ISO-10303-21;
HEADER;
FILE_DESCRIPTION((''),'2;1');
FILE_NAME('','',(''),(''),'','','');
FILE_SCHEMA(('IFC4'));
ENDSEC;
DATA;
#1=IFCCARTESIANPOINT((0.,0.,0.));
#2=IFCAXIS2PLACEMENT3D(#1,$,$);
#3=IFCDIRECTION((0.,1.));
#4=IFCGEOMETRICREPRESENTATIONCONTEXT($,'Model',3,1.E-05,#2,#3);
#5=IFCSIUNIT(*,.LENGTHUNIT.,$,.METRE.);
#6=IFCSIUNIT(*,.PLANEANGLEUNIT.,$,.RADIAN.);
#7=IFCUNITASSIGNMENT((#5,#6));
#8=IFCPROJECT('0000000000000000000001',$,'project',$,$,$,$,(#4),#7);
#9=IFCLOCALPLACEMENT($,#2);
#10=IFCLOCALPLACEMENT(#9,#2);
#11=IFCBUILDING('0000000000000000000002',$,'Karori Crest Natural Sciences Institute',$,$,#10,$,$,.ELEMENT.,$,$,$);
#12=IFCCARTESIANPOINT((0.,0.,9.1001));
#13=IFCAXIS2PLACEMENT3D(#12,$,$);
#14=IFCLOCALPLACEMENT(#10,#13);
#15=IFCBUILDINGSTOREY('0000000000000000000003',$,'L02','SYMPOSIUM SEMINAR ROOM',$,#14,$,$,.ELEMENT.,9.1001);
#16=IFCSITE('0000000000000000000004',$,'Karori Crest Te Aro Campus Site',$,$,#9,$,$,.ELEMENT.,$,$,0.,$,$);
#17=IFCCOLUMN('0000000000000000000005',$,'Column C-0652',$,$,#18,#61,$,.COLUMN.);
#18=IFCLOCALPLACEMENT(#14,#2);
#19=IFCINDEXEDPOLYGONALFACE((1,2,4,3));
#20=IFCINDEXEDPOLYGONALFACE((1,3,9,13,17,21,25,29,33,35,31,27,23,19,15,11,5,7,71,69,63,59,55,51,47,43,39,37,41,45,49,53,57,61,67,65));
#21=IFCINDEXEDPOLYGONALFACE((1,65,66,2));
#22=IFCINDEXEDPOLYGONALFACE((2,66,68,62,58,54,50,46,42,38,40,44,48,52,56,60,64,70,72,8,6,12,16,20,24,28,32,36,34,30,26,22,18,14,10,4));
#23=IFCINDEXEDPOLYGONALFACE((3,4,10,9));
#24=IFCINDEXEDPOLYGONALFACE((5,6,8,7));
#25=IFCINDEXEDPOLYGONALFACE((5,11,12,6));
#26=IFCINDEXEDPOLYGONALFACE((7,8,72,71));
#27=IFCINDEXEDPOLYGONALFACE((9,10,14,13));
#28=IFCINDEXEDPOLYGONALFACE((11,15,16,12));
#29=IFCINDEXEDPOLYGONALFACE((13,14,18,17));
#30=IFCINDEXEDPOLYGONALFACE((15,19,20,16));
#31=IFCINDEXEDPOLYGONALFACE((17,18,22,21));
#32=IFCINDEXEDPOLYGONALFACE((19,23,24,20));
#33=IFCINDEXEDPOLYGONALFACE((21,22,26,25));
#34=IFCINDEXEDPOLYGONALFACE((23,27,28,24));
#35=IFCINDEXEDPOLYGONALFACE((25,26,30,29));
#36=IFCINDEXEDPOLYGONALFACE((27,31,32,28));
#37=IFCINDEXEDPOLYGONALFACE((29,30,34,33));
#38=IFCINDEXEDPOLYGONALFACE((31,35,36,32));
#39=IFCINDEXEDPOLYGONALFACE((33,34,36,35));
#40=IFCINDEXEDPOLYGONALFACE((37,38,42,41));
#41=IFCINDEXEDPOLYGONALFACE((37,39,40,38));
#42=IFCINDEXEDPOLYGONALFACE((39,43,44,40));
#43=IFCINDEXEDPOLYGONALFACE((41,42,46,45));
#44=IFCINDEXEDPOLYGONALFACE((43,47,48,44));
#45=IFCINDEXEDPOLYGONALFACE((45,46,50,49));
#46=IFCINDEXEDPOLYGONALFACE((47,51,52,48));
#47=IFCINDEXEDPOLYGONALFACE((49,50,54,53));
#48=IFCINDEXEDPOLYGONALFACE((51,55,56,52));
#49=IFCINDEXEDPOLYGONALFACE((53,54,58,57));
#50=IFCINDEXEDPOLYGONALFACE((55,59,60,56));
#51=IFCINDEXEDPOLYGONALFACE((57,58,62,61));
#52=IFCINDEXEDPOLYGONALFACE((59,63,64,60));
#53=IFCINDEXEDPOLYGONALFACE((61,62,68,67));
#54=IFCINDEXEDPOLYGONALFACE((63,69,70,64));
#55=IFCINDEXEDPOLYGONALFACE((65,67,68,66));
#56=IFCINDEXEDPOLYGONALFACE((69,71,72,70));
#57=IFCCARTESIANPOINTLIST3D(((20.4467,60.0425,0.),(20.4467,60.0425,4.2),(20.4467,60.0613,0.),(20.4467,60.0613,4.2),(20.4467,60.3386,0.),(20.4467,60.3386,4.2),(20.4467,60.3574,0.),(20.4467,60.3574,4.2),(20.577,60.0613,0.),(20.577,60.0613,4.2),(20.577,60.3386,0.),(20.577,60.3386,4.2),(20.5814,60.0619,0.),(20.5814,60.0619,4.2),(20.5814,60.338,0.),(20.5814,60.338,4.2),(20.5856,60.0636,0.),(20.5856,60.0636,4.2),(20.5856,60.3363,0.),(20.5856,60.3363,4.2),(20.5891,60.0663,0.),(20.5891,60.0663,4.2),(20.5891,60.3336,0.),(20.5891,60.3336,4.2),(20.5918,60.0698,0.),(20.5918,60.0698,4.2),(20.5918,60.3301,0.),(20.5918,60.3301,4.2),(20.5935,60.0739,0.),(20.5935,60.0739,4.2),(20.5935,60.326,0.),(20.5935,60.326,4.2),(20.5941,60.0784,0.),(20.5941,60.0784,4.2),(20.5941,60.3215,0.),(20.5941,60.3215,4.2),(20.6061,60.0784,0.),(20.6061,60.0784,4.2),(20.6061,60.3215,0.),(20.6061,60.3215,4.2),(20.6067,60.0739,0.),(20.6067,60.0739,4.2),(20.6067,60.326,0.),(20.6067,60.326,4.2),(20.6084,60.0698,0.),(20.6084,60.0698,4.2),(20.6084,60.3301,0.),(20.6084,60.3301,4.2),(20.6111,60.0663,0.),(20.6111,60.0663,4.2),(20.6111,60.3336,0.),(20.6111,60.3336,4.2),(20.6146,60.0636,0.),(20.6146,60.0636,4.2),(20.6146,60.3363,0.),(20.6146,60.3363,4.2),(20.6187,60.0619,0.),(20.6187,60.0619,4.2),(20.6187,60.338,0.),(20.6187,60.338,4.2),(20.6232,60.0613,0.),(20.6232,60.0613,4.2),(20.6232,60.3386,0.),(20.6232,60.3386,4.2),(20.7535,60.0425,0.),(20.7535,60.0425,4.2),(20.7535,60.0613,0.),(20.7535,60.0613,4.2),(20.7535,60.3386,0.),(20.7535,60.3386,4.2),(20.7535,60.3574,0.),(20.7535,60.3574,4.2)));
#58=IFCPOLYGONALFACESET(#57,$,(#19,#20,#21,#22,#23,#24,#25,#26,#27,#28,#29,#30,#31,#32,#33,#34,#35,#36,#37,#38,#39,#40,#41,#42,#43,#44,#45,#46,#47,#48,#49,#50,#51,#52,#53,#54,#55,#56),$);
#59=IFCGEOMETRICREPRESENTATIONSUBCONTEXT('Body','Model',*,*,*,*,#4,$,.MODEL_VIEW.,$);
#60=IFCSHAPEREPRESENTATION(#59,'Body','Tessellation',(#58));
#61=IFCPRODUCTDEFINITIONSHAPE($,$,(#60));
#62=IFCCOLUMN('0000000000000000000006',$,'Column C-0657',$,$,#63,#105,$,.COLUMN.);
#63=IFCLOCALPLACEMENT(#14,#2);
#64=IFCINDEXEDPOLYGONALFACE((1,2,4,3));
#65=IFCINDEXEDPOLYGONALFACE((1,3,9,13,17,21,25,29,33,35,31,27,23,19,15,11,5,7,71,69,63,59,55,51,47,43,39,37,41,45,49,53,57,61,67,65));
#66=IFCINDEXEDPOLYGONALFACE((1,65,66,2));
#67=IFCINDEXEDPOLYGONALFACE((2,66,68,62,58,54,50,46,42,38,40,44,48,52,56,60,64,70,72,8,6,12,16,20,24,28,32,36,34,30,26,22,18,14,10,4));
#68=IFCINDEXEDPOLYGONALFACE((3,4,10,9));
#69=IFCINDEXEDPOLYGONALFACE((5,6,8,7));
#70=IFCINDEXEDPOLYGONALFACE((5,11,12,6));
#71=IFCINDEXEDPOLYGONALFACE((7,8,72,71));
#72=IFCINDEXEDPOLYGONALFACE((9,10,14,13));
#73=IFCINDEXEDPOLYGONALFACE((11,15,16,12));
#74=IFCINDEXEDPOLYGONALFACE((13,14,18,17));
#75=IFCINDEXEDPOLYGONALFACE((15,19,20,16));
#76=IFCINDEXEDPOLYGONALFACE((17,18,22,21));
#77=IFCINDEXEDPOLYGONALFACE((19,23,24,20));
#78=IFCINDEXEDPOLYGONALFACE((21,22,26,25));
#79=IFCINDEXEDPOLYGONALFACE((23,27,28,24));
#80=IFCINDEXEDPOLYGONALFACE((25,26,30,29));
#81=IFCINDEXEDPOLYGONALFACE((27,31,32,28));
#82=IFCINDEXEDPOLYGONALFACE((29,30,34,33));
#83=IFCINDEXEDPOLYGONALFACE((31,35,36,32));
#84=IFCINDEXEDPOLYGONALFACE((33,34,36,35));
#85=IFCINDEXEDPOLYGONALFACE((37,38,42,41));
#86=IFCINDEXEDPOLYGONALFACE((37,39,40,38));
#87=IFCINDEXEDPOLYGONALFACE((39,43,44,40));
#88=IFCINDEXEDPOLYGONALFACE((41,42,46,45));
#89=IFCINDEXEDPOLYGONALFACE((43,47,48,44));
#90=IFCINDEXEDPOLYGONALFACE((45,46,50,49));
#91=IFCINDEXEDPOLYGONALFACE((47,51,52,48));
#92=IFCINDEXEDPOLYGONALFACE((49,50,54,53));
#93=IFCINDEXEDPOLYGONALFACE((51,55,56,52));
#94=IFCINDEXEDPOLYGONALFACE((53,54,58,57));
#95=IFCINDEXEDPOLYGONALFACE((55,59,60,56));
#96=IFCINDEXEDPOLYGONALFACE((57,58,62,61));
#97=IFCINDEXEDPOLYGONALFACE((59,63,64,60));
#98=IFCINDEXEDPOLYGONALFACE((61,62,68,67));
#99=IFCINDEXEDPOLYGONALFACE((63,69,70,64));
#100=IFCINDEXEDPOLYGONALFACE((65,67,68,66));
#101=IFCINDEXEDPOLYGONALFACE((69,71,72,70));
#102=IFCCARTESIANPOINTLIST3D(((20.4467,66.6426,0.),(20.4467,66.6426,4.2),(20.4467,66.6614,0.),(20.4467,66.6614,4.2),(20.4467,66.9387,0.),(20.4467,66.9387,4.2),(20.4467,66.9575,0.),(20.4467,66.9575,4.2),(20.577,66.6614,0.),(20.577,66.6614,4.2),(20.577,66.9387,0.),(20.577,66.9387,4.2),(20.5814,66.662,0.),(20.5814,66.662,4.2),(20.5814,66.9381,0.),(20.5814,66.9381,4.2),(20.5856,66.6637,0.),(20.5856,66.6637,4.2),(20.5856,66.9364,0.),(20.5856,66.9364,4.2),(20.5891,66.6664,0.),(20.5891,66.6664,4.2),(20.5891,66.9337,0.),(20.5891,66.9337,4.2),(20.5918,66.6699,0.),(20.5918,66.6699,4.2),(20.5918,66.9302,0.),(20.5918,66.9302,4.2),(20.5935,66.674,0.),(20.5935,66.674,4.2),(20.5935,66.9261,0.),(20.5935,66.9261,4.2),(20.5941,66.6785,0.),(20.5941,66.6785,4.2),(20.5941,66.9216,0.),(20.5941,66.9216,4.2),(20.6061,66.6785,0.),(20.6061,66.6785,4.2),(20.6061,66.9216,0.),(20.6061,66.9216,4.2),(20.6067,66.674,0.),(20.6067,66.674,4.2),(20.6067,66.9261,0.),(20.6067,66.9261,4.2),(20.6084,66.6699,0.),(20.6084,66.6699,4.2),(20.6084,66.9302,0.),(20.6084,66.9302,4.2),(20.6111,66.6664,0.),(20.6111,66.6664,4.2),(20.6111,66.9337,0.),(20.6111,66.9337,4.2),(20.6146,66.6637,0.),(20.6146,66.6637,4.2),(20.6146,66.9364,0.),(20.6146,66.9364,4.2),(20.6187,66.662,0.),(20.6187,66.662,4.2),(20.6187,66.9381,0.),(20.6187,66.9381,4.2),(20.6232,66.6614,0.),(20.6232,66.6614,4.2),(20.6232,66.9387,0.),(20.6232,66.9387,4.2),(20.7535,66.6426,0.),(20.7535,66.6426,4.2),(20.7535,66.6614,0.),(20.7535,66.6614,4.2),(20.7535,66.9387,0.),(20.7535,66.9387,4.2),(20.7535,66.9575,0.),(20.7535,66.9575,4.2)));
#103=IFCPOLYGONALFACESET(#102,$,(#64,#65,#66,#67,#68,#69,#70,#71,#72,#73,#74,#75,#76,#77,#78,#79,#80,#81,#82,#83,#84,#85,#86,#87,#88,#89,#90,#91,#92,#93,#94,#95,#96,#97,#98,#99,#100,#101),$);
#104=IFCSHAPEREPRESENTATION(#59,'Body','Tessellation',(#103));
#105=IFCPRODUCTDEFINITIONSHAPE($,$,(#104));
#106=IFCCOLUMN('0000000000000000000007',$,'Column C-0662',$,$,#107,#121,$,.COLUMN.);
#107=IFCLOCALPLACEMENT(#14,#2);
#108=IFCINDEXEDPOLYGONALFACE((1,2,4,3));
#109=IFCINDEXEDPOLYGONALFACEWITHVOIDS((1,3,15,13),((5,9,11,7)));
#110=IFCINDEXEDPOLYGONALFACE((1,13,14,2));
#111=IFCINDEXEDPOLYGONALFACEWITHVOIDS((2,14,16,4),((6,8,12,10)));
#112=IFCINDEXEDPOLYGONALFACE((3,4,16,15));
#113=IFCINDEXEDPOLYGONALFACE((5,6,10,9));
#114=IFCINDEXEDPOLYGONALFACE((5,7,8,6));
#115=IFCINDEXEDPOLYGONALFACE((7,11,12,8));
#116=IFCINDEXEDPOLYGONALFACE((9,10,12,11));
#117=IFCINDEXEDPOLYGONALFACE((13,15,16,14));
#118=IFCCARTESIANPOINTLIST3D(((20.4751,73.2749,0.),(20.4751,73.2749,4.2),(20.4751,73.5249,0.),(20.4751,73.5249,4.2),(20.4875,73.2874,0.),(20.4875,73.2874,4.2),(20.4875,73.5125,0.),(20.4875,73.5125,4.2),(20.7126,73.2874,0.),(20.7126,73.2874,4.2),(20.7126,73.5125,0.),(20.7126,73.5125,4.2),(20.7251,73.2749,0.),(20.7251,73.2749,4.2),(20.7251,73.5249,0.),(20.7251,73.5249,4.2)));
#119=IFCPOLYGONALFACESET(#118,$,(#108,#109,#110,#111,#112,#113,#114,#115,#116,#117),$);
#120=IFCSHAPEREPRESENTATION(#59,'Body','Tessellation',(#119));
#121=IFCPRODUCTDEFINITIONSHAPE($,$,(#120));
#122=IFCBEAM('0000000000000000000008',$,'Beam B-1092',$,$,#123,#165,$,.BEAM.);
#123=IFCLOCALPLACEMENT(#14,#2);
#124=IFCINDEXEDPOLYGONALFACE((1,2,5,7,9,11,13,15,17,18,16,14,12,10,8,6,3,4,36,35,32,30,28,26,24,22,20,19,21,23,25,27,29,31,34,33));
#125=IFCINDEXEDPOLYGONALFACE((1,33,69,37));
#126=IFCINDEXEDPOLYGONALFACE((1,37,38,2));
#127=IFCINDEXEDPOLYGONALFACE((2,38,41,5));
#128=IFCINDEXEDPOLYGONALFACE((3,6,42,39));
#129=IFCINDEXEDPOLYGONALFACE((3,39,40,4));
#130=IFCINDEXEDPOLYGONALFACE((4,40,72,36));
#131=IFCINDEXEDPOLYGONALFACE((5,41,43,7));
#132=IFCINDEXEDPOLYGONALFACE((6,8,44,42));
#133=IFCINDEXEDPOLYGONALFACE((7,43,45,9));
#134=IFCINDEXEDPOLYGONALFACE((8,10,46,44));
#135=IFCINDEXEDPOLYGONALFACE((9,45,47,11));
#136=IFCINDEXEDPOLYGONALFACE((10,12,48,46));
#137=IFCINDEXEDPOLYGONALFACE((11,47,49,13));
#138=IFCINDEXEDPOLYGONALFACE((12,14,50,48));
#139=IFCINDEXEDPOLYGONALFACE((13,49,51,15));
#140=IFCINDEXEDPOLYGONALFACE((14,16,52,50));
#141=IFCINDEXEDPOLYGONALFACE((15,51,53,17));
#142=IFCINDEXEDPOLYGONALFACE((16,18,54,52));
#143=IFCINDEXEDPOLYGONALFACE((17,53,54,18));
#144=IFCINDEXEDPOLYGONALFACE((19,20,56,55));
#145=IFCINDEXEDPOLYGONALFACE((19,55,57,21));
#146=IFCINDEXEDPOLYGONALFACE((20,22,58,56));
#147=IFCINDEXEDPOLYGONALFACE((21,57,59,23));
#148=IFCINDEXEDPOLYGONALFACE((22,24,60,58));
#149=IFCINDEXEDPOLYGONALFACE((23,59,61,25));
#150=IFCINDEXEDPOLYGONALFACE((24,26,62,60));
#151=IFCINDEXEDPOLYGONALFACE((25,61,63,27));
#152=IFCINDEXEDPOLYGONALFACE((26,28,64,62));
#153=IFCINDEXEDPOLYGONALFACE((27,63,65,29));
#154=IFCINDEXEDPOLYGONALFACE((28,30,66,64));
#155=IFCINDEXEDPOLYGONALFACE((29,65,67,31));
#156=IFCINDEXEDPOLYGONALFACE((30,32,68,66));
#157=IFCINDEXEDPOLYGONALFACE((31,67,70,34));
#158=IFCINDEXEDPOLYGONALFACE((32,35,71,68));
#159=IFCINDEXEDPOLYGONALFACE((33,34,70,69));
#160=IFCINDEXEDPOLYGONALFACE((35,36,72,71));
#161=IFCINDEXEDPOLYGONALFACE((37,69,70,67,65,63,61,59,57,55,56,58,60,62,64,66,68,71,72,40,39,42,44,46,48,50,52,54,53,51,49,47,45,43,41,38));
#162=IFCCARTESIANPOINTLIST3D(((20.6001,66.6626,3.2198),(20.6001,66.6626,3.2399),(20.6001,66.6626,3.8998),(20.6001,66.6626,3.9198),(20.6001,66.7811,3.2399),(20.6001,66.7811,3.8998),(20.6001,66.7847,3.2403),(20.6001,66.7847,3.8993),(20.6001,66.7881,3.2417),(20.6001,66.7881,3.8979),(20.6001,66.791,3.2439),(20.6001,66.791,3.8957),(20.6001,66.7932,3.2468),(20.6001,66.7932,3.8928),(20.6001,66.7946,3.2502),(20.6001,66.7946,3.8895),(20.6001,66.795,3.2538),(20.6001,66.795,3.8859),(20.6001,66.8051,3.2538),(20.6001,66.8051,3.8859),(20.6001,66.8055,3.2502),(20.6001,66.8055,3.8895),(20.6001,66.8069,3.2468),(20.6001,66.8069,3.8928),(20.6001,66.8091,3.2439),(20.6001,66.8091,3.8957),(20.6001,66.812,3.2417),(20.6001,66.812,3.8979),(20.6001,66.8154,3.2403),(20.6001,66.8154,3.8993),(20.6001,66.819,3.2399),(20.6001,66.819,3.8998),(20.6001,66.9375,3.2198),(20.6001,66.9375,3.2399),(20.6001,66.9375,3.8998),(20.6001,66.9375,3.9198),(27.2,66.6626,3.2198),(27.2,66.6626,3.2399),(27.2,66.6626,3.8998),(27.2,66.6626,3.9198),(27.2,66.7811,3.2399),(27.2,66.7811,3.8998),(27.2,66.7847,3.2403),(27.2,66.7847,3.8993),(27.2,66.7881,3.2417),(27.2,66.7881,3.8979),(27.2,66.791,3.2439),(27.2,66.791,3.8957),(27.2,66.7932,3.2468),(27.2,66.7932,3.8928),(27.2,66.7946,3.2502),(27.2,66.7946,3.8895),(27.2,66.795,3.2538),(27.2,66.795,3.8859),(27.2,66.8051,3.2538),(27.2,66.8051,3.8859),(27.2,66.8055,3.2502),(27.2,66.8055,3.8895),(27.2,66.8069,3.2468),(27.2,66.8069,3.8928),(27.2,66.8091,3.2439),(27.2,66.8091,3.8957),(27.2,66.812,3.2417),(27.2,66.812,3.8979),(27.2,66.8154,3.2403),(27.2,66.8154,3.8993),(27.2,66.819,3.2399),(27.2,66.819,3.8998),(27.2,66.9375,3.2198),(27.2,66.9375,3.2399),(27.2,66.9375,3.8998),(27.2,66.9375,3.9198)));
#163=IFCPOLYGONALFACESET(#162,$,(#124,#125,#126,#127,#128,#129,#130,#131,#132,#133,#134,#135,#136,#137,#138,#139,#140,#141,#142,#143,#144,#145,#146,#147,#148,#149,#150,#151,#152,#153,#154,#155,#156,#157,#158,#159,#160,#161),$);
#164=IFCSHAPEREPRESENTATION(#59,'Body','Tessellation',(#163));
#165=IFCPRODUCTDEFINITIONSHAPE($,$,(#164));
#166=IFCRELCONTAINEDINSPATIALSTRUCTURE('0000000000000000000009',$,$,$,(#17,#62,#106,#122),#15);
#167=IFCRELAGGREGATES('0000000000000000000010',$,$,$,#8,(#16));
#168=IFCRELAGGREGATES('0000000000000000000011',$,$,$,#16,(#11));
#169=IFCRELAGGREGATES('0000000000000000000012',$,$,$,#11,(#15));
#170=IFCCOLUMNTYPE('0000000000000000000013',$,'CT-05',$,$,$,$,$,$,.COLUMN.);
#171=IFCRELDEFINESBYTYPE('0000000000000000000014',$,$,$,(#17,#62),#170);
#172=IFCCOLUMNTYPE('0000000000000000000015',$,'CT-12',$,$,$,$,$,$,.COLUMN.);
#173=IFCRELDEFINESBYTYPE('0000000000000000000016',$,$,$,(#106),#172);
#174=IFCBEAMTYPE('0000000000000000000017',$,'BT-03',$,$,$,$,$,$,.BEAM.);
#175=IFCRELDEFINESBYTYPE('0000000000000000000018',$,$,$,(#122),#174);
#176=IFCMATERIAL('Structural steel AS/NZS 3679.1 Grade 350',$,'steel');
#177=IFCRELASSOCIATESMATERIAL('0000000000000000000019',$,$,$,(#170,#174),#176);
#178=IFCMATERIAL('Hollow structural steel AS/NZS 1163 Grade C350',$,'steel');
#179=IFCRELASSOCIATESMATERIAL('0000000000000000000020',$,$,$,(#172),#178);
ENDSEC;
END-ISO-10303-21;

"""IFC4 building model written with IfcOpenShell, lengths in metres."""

from ifc_helpers import new_model, si_unit, direction, frame, origin, origin_2d, place, context, subcontext, project, spatial, hollow_rectangle, i_section, extrude, material, material_profile, profile_set, type_object, element, save


model = new_model("IFC4")

# Units and contexts
model_context = context("Model", 3, precision=1e-05, world=origin(), true_north=direction((0.0, 1.0)))
body_context = subcontext(model_context, "Body", "Model", "MODEL_VIEW")
ifc_project = project(units=[si_unit("LENGTHUNIT", "METRE"), si_unit("PLANEANGLEUNIT", "RADIAN")], contexts=[model_context])

# Site, building, storey
site_placement = place(None, origin())
site = spatial("IfcSite", under=ifc_project, at=site_placement, Name="Karori Crest Te Aro Campus Site", CompositionType="ELEMENT", RefElevation=0.0)
building_placement = place(site_placement, origin())
building = spatial("IfcBuilding", under=site, at=building_placement, Name="Karori Crest Natural Sciences Institute", CompositionType="ELEMENT")
storey_placement = place(building_placement, frame((0.0, 0.0, 9.1001)))
storey = spatial("IfcBuildingStorey", under=building, at=storey_placement, Name="L02", Description="SYMPOSIUM SEMINAR ROOM", CompositionType="ELEMENT", Elevation=9.1001)

# Columns
ifc_material_1 = material(Name="Structural steel AS/NZS 3679.1 Grade 350", Category="steel")
ifc_material_profile_1 = material_profile(ifc_material_1, i_section(OverallWidth=0.3069, OverallDepth=0.3149, WebThickness=0.012, FlangeThickness=0.0188, FilletRadius=0.0171, at=origin_2d()), Name="310UC118")
ifc_profile_set_1 = profile_set([ifc_material_profile_1], Name="Structural steel AS/NZS 3679.1 Grade 350")
column_type_1 = type_object("IfcColumnType", Name="CT-05", PredefinedType="COLUMN", material=ifc_profile_set_1)
for number, where, z_axis, x_axis, name in (
    (1, (20.6001, 60.2, 0.0), (0.0, 0.0, 1.0), (1.0, 0.0, 0.0), "Column C-0652"),
    (2, (20.6001, 66.8, 0.0), (0.0, 0.0, 1.0), (1.0, 0.0, 0.0), "Column C-0657"),
):
    element("IfcColumn", number, at=place(storey_placement, frame(where, z_axis=z_axis, x_axis=x_axis)), inside=storey, type_object=column_type_1, Name=name, PredefinedType="COLUMN", context=body_context, shape_type="SweptSolid", body=[
        extrude(i_section(OverallWidth=0.3069, OverallDepth=0.3149, WebThickness=0.012, FlangeThickness=0.0188, FilletRadius=0.0171, at=origin_2d()), origin(), (0.0, 0.0, 1.0), 4.2),
    ])
ifc_material_2 = material(Name="Hollow structural steel AS/NZS 1163 Grade C350", Category="steel")
ifc_material_profile_2 = material_profile(ifc_material_2, hollow_rectangle(XDim=0.25, YDim=0.25, WallThickness=0.0125, at=origin_2d()), Name="SHS250x250x12.5")
ifc_profile_set_2 = profile_set([ifc_material_profile_2], Name="Hollow structural steel AS/NZS 1163 Grade C350")
column_type_2 = type_object("IfcColumnType", Name="CT-12", PredefinedType="COLUMN", material=ifc_profile_set_2)
column_placement = place(storey_placement, frame((20.6001, 73.3999, 0.0), z_axis=(0.0, 0.0, 1.0), x_axis=(1.0, 0.0, 0.0)))
element("IfcColumn", 3, at=column_placement, inside=storey, type_object=column_type_2, Name="Column C-0662", PredefinedType="COLUMN", context=body_context, shape_type="SweptSolid", body=[
    extrude(hollow_rectangle(XDim=0.25, YDim=0.25, WallThickness=0.0125, at=origin_2d()), origin(), (0.0, 0.0, 1.0), 4.2),
])

# Beam
ifc_material_profile_3 = material_profile(ifc_material_1, i_section(OverallWidth=0.2749, OverallDepth=0.7, WebThickness=0.01, FlangeThickness=0.02, FilletRadius=0.0139, at=origin_2d()), Name="700WB150")
ifc_profile_set_3 = profile_set([ifc_material_profile_3], Name="Structural steel AS/NZS 3679.1 Grade 350")
beam_type_1 = type_object("IfcBeamType", Name="BT-03", PredefinedType="BEAM", material=ifc_profile_set_3)
beam_1_placement = place(storey_placement, frame((20.6001, 66.8, 3.5698), z_axis=(1.0, 0.0, 0.0), x_axis=(0.0, 1.0, 0.0)))
element("IfcBeam", 4, at=beam_1_placement, inside=storey, type_object=beam_type_1, Name="Beam B-1092", PredefinedType="BEAM", context=body_context, shape_type="SweptSolid", body=[
    extrude(i_section(OverallWidth=0.2749, OverallDepth=0.7, WebThickness=0.01, FlangeThickness=0.02, FilletRadius=0.0139, at=origin_2d()), origin(), (0.0, 0.0, 1.0), 6.5999),
])

save(model, "model.ifc")
